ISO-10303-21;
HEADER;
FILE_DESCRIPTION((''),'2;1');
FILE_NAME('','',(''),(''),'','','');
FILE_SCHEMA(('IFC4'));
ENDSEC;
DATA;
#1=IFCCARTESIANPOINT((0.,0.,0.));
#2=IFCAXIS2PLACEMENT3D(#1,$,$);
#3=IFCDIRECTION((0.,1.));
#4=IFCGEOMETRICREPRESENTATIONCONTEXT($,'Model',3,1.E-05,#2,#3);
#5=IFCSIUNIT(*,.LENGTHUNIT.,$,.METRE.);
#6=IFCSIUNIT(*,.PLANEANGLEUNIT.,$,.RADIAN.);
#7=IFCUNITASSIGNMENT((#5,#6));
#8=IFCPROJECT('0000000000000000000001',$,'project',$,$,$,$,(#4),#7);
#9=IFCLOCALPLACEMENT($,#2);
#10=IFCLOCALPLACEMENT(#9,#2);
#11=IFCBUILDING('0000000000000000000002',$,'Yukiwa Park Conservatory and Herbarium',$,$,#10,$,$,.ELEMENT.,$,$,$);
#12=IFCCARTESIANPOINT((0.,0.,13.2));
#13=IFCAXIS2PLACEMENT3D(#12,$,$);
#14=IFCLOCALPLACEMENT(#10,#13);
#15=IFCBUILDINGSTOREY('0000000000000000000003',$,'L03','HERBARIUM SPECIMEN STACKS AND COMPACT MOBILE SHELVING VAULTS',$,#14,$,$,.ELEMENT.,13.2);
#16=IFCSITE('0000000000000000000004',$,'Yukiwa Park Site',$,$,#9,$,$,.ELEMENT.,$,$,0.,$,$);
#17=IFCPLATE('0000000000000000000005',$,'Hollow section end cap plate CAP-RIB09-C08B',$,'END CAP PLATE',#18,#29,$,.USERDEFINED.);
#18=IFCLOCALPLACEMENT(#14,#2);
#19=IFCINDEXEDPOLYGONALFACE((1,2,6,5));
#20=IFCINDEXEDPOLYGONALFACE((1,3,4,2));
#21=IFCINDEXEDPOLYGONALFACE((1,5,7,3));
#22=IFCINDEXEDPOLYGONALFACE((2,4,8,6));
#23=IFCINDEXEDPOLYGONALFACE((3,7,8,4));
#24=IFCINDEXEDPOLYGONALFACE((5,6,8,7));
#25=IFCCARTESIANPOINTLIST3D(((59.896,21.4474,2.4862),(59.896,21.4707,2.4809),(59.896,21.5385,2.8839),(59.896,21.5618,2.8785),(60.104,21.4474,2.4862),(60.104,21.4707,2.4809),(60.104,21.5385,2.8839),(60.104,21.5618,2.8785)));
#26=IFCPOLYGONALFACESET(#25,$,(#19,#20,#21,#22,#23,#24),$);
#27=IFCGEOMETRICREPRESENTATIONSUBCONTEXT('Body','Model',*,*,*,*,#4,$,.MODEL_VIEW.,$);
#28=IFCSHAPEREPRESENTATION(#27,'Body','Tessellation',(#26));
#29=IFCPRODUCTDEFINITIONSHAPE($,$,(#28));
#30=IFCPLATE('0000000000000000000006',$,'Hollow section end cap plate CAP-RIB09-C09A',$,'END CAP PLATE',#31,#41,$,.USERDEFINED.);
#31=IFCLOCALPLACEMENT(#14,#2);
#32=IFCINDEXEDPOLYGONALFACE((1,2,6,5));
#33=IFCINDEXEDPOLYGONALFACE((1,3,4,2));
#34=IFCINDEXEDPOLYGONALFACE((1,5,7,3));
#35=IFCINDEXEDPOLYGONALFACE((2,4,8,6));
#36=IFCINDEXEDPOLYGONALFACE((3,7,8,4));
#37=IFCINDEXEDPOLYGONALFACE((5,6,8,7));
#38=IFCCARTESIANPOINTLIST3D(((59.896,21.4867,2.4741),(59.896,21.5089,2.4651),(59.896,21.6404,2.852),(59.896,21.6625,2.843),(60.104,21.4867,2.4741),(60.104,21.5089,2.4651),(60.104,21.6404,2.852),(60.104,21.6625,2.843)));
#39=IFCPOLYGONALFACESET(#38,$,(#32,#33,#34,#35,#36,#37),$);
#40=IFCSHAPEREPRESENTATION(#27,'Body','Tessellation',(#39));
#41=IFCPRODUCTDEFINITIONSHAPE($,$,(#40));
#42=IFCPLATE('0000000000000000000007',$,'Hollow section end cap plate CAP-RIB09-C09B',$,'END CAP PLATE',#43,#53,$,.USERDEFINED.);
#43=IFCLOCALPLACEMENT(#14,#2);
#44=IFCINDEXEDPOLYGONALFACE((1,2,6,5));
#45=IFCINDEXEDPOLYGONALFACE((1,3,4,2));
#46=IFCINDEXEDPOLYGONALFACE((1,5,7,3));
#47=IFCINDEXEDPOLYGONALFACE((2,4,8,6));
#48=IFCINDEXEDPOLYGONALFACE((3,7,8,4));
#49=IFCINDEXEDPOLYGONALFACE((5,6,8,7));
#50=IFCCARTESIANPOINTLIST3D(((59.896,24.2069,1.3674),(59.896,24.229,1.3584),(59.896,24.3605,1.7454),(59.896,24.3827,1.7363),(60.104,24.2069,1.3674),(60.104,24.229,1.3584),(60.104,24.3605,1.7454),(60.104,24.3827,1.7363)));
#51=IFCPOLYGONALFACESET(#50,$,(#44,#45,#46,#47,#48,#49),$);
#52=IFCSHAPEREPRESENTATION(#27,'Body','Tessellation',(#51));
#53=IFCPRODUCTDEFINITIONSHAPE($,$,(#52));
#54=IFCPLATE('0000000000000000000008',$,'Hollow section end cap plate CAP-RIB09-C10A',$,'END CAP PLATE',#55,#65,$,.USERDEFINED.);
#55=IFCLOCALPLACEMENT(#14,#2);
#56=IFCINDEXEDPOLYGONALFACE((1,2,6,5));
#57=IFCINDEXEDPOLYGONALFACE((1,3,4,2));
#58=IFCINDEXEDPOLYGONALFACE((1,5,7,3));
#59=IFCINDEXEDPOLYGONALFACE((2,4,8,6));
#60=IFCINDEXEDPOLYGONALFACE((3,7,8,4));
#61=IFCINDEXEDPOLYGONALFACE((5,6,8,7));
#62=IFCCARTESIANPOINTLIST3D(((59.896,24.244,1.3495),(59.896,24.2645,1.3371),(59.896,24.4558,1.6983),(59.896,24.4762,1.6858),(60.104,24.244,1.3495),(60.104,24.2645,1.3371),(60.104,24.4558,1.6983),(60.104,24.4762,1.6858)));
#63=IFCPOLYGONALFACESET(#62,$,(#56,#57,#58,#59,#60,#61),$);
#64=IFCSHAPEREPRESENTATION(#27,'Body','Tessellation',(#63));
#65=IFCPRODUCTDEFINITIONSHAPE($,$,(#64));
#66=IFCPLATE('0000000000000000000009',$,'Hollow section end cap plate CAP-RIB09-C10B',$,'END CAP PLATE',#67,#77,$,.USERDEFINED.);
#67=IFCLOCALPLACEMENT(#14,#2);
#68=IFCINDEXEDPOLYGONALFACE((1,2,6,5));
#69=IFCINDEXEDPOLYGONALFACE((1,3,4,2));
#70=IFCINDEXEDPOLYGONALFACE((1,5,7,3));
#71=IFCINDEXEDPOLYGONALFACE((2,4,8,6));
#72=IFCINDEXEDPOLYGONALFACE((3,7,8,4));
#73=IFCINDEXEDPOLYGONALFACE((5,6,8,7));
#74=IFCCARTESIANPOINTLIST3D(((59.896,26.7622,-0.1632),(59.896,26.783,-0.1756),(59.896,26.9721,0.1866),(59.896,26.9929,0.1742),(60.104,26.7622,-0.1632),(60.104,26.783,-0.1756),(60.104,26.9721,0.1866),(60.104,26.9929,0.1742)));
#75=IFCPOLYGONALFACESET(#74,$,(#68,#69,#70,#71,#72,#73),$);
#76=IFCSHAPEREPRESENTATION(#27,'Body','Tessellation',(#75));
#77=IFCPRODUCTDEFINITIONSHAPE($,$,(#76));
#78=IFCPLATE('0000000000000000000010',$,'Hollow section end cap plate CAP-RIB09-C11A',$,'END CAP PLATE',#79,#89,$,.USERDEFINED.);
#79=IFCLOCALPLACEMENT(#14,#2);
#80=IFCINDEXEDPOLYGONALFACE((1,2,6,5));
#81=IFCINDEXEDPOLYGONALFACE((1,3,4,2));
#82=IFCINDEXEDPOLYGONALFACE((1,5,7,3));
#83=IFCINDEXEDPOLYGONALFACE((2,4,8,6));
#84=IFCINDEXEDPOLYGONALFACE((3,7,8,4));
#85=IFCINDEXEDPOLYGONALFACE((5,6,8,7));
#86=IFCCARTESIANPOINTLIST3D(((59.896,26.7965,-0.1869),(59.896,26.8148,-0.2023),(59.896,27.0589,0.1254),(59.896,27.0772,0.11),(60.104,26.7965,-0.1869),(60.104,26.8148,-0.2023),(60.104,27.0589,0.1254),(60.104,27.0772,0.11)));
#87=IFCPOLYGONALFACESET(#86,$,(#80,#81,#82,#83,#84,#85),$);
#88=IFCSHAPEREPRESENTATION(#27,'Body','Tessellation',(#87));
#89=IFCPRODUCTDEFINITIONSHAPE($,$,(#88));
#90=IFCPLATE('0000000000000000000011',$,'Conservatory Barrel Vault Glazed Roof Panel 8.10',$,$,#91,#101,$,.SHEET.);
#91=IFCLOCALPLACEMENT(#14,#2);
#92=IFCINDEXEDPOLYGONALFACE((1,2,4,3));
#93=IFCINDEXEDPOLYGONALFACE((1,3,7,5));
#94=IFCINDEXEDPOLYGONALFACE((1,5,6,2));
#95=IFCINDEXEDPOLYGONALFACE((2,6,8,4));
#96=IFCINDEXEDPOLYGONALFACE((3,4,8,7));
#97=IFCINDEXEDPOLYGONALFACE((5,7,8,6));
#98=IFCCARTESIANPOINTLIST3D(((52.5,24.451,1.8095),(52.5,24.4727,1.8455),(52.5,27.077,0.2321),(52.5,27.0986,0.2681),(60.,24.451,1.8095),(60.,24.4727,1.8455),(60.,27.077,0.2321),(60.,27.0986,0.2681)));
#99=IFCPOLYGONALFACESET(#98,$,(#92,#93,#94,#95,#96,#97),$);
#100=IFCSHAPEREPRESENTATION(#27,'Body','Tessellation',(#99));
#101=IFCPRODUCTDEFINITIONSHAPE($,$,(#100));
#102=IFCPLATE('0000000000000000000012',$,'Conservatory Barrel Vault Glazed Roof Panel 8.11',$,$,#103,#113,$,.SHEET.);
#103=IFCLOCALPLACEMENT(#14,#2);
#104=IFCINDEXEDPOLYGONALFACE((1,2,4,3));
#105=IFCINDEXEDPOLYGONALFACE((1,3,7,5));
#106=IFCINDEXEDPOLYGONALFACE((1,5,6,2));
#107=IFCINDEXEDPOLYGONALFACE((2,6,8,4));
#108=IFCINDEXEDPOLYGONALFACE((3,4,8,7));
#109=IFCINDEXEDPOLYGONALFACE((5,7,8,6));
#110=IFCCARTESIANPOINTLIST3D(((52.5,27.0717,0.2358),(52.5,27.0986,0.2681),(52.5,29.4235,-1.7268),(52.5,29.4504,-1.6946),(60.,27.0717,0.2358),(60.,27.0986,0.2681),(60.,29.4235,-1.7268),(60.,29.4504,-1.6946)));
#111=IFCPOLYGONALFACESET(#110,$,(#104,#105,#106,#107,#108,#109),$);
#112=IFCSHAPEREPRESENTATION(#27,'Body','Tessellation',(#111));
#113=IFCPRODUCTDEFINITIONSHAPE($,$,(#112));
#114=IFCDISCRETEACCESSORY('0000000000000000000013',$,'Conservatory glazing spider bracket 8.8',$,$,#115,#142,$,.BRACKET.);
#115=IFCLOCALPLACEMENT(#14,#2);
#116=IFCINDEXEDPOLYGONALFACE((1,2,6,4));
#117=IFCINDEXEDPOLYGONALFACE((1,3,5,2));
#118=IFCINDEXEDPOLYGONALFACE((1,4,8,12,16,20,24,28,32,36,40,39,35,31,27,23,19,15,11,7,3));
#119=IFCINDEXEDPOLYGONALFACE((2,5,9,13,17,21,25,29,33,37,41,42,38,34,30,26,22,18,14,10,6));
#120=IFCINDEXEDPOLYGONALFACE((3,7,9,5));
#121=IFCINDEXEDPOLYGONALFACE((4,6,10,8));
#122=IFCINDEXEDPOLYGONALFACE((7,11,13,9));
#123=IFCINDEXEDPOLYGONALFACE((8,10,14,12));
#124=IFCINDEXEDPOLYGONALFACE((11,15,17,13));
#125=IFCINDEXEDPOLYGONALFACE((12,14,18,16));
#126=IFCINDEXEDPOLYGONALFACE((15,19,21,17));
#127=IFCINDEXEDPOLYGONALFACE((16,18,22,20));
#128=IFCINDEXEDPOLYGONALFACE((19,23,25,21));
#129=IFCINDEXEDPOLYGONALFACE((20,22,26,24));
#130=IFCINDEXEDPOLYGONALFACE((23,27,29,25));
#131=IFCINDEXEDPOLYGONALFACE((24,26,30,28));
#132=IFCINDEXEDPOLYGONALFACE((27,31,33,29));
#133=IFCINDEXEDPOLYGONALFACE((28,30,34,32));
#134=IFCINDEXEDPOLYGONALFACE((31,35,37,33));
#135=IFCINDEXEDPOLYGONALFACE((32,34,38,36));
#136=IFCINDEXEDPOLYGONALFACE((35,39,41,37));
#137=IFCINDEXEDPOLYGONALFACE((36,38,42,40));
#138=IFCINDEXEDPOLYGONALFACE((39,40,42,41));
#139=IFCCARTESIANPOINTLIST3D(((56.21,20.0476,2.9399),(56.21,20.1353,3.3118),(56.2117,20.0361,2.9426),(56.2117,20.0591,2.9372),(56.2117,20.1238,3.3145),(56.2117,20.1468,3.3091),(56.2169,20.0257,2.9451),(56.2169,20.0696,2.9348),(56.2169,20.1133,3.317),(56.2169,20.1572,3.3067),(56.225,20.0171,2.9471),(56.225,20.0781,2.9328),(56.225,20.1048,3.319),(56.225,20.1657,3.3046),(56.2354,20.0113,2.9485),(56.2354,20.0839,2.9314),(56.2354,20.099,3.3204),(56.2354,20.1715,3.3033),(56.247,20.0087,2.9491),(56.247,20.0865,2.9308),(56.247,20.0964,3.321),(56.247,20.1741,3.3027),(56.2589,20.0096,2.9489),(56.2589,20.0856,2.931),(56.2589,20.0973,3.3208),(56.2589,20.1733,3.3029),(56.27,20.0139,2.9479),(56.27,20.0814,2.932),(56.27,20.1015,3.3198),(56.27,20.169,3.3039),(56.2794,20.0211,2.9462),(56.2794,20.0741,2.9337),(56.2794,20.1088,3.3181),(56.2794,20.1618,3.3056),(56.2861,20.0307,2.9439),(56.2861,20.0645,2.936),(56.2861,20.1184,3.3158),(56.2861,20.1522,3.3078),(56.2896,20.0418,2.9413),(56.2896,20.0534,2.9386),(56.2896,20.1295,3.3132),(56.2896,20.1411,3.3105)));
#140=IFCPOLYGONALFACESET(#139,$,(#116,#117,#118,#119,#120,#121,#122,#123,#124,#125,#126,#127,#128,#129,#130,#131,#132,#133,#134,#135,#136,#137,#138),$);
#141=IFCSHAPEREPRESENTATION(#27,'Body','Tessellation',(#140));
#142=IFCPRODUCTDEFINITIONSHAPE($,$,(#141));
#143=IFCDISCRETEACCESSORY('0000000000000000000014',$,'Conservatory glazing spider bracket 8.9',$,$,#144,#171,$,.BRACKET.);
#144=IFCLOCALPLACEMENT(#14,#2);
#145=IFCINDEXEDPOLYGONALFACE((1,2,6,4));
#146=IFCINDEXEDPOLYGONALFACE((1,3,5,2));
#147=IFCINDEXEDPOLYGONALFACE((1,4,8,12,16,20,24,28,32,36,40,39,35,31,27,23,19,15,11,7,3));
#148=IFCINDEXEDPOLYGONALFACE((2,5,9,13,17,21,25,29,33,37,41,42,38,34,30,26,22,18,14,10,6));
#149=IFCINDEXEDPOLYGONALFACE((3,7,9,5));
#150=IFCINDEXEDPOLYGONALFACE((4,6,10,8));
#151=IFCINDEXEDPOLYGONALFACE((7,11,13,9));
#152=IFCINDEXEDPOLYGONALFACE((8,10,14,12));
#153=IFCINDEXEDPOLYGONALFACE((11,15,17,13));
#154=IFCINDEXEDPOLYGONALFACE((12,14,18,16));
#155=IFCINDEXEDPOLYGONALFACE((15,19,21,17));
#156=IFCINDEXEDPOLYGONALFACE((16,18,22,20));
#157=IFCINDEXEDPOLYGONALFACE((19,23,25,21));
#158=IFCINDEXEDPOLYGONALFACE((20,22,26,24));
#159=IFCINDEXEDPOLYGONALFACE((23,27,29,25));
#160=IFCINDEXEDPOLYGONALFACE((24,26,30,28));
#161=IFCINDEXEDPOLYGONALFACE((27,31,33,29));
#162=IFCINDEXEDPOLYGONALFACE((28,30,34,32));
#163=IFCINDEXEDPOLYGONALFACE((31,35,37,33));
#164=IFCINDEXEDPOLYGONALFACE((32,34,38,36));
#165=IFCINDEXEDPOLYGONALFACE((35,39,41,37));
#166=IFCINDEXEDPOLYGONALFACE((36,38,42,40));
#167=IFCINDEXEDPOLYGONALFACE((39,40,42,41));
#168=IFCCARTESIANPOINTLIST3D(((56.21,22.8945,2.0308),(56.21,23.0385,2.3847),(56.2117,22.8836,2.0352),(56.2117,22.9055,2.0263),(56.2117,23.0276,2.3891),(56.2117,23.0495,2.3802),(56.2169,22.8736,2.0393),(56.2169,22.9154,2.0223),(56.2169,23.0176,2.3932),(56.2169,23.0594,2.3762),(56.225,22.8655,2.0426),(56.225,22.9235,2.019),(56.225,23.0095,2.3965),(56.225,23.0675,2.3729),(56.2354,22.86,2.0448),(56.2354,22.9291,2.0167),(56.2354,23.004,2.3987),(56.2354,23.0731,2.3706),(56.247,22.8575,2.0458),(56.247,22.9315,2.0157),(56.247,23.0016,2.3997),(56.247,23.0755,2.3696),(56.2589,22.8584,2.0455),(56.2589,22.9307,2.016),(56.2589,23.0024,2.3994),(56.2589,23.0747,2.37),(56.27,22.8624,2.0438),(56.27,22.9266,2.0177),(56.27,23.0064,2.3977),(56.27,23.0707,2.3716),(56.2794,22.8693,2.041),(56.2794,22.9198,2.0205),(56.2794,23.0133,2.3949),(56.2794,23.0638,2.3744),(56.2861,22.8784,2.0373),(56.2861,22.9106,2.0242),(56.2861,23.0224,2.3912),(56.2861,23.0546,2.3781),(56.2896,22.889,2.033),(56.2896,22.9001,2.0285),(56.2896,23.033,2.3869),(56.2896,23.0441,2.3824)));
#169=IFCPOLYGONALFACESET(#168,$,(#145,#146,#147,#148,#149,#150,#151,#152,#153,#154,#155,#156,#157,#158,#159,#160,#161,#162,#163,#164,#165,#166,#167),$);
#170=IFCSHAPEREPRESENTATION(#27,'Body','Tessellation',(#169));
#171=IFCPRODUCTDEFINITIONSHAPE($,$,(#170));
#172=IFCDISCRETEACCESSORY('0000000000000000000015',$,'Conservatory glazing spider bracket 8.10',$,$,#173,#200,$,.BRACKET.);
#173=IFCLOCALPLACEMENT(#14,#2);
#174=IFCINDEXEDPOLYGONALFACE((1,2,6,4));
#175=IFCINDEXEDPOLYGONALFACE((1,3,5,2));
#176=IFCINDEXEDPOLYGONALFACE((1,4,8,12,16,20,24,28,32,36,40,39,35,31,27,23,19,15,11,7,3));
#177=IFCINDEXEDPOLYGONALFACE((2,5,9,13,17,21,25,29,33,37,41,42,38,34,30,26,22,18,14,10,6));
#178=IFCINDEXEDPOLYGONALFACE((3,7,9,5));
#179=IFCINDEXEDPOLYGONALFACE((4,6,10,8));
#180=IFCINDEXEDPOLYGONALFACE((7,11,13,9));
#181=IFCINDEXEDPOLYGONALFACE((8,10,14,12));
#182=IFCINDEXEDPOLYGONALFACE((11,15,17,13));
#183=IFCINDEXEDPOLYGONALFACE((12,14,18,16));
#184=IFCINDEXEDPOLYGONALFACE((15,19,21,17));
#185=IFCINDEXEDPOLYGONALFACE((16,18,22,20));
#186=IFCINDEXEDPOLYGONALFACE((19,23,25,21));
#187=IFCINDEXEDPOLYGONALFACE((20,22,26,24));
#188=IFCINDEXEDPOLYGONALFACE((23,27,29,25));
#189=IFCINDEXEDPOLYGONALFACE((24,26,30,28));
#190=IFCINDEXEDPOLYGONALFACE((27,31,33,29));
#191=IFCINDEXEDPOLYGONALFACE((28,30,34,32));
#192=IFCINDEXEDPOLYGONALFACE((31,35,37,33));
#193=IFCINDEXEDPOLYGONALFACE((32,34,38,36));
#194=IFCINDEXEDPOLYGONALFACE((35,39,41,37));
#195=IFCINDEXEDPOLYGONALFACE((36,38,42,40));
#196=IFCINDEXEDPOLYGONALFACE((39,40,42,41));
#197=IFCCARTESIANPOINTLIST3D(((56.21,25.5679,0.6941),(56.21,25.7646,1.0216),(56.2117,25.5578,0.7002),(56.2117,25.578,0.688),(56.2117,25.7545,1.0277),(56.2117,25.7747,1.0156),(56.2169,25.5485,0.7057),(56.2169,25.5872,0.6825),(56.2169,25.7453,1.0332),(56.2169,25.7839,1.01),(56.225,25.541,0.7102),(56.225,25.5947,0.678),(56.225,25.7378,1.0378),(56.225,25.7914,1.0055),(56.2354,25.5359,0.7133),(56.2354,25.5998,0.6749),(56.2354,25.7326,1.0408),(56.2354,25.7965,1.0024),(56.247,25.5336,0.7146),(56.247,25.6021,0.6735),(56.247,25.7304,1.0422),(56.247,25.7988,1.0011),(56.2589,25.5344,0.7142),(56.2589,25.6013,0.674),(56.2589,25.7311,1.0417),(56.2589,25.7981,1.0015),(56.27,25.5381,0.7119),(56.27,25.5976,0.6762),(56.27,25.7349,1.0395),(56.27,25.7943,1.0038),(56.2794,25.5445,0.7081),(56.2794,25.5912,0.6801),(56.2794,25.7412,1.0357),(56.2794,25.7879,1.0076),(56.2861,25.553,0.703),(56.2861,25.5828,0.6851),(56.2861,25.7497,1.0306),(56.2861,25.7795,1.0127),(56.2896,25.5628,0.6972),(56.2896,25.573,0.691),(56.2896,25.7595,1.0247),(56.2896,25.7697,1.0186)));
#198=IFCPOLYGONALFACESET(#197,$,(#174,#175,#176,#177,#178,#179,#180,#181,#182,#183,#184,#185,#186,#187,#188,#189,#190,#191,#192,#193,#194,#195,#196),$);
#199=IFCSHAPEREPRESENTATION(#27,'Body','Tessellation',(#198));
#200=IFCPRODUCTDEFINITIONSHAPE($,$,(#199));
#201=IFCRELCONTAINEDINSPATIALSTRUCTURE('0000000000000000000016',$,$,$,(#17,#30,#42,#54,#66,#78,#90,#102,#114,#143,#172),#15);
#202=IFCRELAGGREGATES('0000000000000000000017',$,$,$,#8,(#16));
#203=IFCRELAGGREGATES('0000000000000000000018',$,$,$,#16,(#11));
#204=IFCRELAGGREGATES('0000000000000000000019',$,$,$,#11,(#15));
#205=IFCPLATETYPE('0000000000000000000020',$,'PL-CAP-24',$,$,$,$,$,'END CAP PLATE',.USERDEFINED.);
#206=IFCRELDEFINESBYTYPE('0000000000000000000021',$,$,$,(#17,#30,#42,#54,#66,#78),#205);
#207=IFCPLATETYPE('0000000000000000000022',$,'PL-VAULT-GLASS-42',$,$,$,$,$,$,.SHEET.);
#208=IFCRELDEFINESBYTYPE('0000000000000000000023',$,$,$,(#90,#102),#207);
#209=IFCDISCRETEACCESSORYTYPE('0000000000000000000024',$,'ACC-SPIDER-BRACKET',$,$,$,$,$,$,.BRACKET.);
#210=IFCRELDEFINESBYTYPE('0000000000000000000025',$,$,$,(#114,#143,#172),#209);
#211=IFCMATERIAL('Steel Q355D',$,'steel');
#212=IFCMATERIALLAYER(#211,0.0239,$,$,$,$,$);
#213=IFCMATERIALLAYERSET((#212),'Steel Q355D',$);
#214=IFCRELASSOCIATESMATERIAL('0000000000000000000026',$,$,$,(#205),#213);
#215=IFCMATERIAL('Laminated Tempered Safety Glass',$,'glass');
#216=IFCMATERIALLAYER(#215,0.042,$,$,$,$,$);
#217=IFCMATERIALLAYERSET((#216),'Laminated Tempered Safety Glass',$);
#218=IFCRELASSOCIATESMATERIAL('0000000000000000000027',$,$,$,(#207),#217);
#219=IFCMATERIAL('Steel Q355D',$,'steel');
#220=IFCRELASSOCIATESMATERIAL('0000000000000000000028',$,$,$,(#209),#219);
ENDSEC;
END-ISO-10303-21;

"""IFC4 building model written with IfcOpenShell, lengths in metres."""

from ifc_helpers import new_model, si_unit, direction, frame, origin, origin_2d, place, context, subcontext, project, spatial, polyline, rectangle, circle, outline, extrude, material, layer, layer_set, type_object, element, save


model = new_model("IFC4")

# Units and contexts
model_context = context("Model", 3, precision=1e-05, world=origin(), true_north=direction((0.0, 1.0)))
body_context = subcontext(model_context, "Body", "Model", "MODEL_VIEW")
ifc_project = project(units=[si_unit("LENGTHUNIT", "METRE"), si_unit("PLANEANGLEUNIT", "RADIAN")], contexts=[model_context])

# Site, building, storey
site_placement = place(None, origin())
site = spatial("IfcSite", under=ifc_project, at=site_placement, Name="Yukiwa Park Site", CompositionType="ELEMENT", RefElevation=0.0)
building_placement = place(site_placement, origin())
building = spatial("IfcBuilding", under=site, at=building_placement, Name="Yukiwa Park Conservatory and Herbarium", CompositionType="ELEMENT")
storey_placement = place(building_placement, frame((0.0, 0.0, 13.2)))
storey = spatial("IfcBuildingStorey", under=building, at=storey_placement, Name="L03", Description="HERBARIUM SPECIMEN STACKS AND COMPACT MOBILE SHELVING VAULTS", CompositionType="ELEMENT", Elevation=13.2)

# Plates
ifc_material_1 = material(Name="Steel Q355D", Category="steel")
ifc_layer_1 = layer(ifc_material_1, 0.0239)
ifc_layer_set_1 = layer_set([ifc_layer_1], Name="Steel Q355D")
plate_type_1 = type_object("IfcPlateType", Name="PL-CAP-24", ElementType="END CAP PLATE", PredefinedType="USERDEFINED", material=ifc_layer_set_1)
for number, where, z_axis, x_axis, name in (
    (1, (60.0, 21.4929, 2.6851), (0.0, 0.974732, -0.223376), (-1.0, 0.0, 0.0), "Hollow section end cap plate CAP-RIB09-C08B"),
    (2, (60.0, 21.5857, 2.6541), (0.0, -0.926356, 0.37665), (1.0, 0.0, 0.0), "Hollow section end cap plate CAP-RIB09-C09A"),
    (3, (60.0, 24.2837, 1.5564), (0.0, 0.926356, -0.37665), (-1.0, 0.0, 0.0), "Hollow section end cap plate CAP-RIB09-C09B"),
    (4, (60.0, 24.3704, 1.5115), (0.0, -0.854788, 0.518978), (1.0, 0.0, 0.0), "Hollow section end cap plate CAP-RIB09-C10A"),
):
    element("IfcPlate", number, at=place(storey_placement, frame(where, z_axis=z_axis, x_axis=x_axis)), inside=storey, type_object=plate_type_1, Name=name, ObjectType="END CAP PLATE", PredefinedType="USERDEFINED", context=body_context, shape_type="SweptSolid", body=[
        extrude(rectangle(XDim=0.208, YDim=0.408, at=origin_2d()), origin(), (0.0, 0.0, 1.0), 0.0239),
    ])
plate_1_placement = place(storey_placement, frame((60.0, 26.8672, 0.0117), z_axis=(0.0, 0.857493, -0.514496), x_axis=(-1.0, 0.0, 0.0)))
element("IfcPlate", 5, at=plate_1_placement, inside=storey, type_object=plate_type_1, Name="Hollow section end cap plate CAP-RIB09-C10B", ObjectType="END CAP PLATE", PredefinedType="USERDEFINED", context=body_context, shape_type="SweptSolid", body=[
    extrude(rectangle(XDim=0.208, YDim=0.408, at=origin_2d()), origin(), (0.0, 0.0, 1.0), 0.0242),
])
plate_2_placement = place(storey_placement, frame((60.0, 26.946, -0.0461), z_axis=(0.0, -0.765705, 0.643192), x_axis=(1.0, 0.0, 0.0)))
element("IfcPlate", 6, at=plate_2_placement, inside=storey, type_object=plate_type_1, Name="Hollow section end cap plate CAP-RIB09-C11A", ObjectType="END CAP PLATE", PredefinedType="USERDEFINED", context=body_context, shape_type="SweptSolid", body=[
    extrude(rectangle(XDim=0.208, YDim=0.408, at=origin_2d()), origin(), (0.0, 0.0, 1.0), 0.0239),
])
ifc_material_2 = material(Name="Laminated Tempered Safety Glass", Category="glass")
ifc_layer_2 = layer(ifc_material_2, 0.042)
ifc_layer_set_2 = layer_set([ifc_layer_2], Name="Laminated Tempered Safety Glass")
plate_type_2 = type_object("IfcPlateType", Name="PL-VAULT-GLASS-42", PredefinedType="SHEET", material=ifc_layer_set_2)
plate_3_placement = place(storey_placement, frame((52.5, 24.4727, 1.8455), z_axis=(0.0, 0.514929, 0.857233), x_axis=(1.0, 0.0, 0.0)))
element("IfcPlate", 7, at=plate_3_placement, inside=storey, type_object=plate_type_2, Name="Conservatory Barrel Vault Glazed Roof Panel 8.10", PredefinedType="SHEET", context=body_context, shape_type="SweptSolid", body=[
    extrude(outline(polyline([(0.0, 0.0), (7.5, 0.0), (7.5, 3.0633), (0.0, 3.0633), (0.0, 0.0)])), origin(), (0.0, 0.0, -1.0), 0.042),
])
plate_4_placement = place(storey_placement, frame((52.5, 27.0986, 0.2681), z_axis=(0.0, 0.640725, 0.76777), x_axis=(1.0, 0.0, 0.0)))
element("IfcPlate", 8, at=plate_4_placement, inside=storey, type_object=plate_type_2, Name="Conservatory Barrel Vault Glazed Roof Panel 8.11", PredefinedType="SHEET", context=body_context, shape_type="SweptSolid", body=[
    extrude(outline(polyline([(0.0, 0.0), (7.5, 0.0), (7.5, 3.0632), (0.0, 3.0632), (0.0, 0.0)])), origin(), (0.0, 0.0, -1.0), 0.042),
])

# Discrete accessories
ifc_material_3 = material(Name="Steel Q355D", Category="steel")
discrete_accessory_type = type_object("IfcDiscreteAccessoryType", Name="ACC-SPIDER-BRACKET", PredefinedType="BRACKET", material=ifc_material_3)
for number, where, z_axis, x_axis, name in (
    (9, (56.25, 20.0476, 2.9399), (0.0, 0.229431, 0.973325), (-1.0, 0.0, 0.0), "Conservatory glazing spider bracket 8.8"),
    (10, (56.25, 22.8945, 2.0308), (0.0, 0.376891, 0.926258), (-1.0, 0.0, 0.0), "Conservatory glazing spider bracket 8.9"),
    (11, (56.25, 25.5679, 0.6941), (0.0, 0.514871, 0.857267), (-1.0, 0.0, 0.0), "Conservatory glazing spider bracket 8.10"),
):
    element("IfcDiscreteAccessory", number, at=place(storey_placement, frame(where, z_axis=z_axis, x_axis=x_axis)), inside=storey, type_object=discrete_accessory_type, Name=name, PredefinedType="BRACKET", context=body_context, shape_type="SweptSolid", body=[
        extrude(circle(Radius=0.04, at=origin_2d()), origin(), (0.0, 0.0, 1.0), 0.3821),
    ])

save(model, "model.ifc")
